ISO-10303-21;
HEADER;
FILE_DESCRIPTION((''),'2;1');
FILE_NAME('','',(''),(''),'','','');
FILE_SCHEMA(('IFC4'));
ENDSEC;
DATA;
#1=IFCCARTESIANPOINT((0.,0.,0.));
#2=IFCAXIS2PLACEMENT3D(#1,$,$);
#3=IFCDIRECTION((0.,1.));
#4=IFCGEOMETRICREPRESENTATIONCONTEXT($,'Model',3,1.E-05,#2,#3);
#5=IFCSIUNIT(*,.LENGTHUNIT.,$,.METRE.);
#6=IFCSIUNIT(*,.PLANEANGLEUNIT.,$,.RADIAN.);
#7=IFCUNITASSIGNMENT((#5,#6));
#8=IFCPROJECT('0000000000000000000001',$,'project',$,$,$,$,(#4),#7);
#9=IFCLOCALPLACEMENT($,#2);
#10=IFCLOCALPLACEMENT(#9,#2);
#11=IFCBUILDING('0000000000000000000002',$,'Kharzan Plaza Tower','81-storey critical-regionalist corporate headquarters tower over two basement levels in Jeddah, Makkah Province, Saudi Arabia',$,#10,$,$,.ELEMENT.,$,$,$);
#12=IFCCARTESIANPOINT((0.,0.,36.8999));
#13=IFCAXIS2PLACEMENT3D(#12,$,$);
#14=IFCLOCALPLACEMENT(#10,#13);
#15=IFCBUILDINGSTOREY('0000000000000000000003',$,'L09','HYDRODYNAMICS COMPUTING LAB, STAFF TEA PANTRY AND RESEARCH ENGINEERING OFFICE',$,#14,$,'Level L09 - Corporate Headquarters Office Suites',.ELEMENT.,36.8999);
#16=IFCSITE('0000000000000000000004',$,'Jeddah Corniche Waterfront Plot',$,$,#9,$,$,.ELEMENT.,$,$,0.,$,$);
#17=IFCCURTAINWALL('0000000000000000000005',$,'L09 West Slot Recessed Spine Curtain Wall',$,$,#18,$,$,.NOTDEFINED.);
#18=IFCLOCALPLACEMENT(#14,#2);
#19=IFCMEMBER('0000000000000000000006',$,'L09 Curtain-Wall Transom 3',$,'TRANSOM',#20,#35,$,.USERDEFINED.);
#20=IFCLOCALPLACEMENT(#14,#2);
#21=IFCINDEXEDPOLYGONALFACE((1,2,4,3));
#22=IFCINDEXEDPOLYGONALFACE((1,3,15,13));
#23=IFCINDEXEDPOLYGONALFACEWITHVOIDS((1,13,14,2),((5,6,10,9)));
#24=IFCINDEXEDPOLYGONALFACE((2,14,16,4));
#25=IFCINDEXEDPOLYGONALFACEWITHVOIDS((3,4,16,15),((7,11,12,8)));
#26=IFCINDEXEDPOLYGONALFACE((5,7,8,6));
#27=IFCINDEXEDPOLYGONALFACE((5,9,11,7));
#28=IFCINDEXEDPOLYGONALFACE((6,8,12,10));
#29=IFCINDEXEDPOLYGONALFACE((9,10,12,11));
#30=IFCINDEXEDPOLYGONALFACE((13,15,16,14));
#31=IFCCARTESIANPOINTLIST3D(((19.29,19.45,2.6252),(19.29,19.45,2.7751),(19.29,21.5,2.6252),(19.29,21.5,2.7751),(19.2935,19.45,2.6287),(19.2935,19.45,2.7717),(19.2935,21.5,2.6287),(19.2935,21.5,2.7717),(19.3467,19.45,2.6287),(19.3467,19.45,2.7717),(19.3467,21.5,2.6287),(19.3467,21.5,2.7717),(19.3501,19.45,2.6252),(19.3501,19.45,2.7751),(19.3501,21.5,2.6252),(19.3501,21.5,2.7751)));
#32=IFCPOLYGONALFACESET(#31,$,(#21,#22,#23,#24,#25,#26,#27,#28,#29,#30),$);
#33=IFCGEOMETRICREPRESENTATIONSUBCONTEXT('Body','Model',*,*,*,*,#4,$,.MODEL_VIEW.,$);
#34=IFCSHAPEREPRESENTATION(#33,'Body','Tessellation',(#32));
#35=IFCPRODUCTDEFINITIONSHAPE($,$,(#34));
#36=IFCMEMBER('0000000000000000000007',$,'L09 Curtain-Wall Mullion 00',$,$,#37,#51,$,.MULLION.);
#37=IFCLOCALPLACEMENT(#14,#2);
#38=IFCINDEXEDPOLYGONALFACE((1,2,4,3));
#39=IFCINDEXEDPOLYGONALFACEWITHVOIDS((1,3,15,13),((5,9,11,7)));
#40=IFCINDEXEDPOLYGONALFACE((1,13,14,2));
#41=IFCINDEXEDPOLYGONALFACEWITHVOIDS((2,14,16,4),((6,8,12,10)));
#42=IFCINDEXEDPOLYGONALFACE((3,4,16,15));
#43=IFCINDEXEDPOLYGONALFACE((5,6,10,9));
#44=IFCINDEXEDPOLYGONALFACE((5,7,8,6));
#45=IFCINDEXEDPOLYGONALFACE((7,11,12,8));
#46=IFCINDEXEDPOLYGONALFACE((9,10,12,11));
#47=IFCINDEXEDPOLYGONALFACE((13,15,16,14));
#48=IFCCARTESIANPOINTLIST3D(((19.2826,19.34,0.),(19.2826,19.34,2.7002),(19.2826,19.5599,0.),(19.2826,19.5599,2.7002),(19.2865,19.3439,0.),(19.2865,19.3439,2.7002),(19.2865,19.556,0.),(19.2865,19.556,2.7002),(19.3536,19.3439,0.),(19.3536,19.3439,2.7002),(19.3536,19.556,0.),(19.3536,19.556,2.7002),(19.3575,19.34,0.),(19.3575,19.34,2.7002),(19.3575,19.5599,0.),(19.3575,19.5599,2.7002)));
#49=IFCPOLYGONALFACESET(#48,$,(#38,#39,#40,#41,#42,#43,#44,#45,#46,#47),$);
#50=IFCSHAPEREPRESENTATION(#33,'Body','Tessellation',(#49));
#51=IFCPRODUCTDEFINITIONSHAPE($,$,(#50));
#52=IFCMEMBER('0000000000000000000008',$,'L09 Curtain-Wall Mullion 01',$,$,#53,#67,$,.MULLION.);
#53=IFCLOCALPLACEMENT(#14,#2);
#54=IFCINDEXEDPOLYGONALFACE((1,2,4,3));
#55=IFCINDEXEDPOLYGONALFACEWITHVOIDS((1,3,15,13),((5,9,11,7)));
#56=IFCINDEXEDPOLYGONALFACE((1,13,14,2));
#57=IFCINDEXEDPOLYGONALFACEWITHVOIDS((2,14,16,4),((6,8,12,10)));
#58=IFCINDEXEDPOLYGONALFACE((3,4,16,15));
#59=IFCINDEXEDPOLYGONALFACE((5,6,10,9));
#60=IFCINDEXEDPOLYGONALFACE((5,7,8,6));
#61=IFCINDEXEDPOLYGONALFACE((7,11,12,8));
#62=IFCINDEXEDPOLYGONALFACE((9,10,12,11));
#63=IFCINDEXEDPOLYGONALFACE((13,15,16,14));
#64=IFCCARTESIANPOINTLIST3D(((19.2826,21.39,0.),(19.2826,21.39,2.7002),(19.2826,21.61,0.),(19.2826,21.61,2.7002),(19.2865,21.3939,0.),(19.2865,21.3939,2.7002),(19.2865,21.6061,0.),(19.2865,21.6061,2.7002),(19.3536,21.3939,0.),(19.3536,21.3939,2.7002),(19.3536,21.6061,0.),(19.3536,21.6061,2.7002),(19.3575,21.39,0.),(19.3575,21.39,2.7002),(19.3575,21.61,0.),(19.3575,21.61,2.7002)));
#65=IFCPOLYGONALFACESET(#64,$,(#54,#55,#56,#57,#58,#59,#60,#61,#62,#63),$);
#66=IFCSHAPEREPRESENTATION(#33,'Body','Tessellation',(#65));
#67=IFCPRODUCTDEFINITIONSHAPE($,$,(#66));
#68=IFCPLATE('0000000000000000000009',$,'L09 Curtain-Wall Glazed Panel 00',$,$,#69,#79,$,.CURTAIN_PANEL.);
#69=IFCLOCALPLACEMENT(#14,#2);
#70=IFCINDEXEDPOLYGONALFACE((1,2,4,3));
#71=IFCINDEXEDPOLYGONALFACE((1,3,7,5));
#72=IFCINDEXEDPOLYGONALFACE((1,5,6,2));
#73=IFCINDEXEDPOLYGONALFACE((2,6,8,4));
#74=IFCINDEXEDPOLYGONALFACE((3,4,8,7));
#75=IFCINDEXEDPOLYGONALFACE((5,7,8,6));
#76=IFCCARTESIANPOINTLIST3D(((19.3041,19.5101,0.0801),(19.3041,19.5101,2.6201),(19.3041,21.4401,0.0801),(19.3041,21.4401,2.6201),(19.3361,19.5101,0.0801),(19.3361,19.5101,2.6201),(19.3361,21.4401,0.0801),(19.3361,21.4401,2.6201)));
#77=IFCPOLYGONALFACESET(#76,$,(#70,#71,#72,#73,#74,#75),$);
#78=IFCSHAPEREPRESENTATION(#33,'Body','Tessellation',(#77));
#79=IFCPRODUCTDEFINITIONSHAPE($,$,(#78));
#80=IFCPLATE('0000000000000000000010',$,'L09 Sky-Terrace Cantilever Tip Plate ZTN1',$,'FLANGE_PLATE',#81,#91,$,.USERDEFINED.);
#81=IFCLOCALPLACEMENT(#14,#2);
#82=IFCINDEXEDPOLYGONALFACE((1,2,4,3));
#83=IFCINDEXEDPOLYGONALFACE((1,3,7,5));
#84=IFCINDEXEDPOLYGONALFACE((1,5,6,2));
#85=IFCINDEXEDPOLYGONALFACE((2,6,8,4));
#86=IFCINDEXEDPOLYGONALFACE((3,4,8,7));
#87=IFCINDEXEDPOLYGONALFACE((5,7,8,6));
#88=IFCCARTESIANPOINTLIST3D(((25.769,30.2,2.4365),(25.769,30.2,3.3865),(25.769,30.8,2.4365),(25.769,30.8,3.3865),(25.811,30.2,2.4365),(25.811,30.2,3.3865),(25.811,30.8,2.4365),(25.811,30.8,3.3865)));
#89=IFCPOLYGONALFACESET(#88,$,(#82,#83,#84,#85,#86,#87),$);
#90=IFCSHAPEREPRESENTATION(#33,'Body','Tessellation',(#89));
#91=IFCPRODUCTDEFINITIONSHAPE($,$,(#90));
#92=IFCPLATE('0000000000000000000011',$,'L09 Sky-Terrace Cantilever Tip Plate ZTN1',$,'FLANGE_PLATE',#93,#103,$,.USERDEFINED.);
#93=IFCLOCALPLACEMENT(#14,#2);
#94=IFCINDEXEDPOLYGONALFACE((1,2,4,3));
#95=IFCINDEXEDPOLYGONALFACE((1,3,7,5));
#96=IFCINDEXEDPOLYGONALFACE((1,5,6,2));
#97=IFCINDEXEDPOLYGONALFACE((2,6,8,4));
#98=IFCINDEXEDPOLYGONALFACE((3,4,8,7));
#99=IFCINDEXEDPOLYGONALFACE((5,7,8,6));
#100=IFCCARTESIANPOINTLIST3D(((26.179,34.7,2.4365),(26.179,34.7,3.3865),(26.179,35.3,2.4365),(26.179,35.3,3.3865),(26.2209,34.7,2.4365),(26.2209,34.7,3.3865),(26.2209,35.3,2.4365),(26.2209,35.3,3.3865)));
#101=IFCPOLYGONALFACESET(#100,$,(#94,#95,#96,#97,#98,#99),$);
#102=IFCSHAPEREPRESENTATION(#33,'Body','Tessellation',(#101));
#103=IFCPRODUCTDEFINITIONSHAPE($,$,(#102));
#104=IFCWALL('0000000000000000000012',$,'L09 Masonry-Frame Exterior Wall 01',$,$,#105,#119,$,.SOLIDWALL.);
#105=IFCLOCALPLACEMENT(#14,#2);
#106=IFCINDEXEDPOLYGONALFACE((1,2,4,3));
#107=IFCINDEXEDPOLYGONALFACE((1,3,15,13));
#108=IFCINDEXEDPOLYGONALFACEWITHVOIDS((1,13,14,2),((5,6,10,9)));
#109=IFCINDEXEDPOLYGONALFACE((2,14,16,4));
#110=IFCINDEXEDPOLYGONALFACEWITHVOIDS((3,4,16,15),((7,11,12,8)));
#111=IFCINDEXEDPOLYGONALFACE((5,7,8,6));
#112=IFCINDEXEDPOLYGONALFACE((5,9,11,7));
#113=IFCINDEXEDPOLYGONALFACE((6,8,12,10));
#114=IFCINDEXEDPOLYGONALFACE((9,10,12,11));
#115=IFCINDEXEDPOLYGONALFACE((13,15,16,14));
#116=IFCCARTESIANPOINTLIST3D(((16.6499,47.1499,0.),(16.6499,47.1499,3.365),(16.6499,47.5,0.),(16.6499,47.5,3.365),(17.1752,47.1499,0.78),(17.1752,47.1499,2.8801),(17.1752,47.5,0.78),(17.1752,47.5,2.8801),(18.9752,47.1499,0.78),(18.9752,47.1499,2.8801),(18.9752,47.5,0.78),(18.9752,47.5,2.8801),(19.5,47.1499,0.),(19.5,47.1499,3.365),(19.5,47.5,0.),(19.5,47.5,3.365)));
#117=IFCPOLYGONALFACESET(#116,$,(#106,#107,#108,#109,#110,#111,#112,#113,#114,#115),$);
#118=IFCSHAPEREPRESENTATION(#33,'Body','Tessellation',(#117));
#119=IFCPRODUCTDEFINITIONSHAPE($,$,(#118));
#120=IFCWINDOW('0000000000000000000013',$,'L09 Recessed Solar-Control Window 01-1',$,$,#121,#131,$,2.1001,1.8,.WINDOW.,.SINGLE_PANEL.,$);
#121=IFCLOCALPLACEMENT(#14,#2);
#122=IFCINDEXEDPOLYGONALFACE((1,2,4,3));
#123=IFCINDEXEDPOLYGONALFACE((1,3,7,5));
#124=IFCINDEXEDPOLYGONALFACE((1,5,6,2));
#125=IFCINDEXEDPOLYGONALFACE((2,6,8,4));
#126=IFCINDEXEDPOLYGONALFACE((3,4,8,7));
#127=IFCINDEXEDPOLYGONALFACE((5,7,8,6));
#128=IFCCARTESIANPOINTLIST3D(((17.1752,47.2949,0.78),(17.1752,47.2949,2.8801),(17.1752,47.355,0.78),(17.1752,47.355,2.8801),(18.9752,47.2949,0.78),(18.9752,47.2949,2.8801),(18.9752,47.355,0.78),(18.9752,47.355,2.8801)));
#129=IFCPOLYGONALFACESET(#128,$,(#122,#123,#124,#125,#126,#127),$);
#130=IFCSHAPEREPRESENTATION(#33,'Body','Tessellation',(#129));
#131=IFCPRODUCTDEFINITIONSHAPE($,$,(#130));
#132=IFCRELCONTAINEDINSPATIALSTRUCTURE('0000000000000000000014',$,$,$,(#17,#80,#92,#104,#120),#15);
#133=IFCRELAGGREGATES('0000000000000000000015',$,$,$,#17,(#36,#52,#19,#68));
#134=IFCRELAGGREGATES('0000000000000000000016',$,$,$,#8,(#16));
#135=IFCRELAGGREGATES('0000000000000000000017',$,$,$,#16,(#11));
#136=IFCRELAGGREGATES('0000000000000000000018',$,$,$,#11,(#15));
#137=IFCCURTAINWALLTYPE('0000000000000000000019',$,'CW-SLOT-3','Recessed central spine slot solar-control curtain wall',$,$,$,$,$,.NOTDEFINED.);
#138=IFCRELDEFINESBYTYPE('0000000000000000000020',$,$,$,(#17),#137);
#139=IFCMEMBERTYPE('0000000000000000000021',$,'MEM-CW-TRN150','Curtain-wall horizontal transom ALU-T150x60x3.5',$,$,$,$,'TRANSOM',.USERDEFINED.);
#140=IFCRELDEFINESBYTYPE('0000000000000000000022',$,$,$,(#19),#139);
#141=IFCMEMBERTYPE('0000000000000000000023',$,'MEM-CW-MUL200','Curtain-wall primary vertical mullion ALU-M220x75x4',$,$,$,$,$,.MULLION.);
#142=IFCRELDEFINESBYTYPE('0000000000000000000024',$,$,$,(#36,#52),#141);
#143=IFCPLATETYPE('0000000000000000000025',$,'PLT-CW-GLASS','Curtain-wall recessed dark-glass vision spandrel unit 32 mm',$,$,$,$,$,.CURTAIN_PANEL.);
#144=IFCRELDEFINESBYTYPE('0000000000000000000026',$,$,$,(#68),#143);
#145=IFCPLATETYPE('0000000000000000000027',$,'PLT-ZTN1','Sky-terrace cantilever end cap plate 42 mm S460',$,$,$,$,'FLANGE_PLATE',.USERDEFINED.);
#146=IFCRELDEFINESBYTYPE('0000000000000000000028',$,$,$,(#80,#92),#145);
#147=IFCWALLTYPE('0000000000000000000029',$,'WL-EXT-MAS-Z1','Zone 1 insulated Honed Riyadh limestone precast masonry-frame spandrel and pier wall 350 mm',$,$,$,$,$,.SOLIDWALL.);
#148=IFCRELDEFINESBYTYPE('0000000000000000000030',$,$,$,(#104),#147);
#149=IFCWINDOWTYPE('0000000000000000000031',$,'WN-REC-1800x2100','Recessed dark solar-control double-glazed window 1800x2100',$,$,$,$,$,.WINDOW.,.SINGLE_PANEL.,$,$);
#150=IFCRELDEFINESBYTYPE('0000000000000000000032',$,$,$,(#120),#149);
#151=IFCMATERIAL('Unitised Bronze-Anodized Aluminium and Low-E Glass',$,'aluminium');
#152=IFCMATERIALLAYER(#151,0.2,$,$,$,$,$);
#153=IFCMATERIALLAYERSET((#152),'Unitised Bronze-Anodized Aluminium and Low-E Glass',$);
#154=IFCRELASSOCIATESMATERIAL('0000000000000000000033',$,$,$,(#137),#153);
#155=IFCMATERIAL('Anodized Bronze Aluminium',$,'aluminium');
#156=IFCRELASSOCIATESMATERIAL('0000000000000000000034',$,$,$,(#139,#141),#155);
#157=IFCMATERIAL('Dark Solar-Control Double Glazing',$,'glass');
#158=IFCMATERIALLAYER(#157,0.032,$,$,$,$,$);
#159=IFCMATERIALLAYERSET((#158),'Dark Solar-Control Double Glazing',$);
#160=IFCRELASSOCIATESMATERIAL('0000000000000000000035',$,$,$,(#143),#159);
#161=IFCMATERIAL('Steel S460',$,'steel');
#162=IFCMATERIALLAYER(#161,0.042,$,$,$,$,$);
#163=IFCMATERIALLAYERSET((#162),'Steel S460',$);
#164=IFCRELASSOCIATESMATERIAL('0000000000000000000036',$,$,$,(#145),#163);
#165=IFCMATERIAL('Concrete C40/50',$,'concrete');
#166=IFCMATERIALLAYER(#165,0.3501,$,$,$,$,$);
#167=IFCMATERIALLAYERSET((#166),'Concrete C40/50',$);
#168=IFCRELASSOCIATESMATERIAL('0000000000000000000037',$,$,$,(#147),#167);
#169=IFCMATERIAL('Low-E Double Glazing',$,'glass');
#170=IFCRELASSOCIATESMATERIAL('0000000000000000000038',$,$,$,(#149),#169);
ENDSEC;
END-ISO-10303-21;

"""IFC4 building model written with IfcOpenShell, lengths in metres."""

from ifc_helpers import new_model, si_unit, direction, frame, frame_2d, origin, origin_2d, place, context, subcontext, project, spatial, rectangle, hollow_rectangle, extrude, source, transform, mapped, material, layer, layer_set, material_profile, profile_set, type_object, element, fill, aggregate, save


model = new_model("IFC4")

# Units and contexts
model_context = context("Model", 3, precision=1e-05, world=origin(), true_north=direction((0.0, 1.0)))
body_context = subcontext(model_context, "Body", "Model", "MODEL_VIEW")
ifc_project = project(units=[si_unit("LENGTHUNIT", "METRE"), si_unit("PLANEANGLEUNIT", "RADIAN")], contexts=[model_context])

# Site, building, storey
site_placement = place(None, origin())
site = spatial("IfcSite", under=ifc_project, at=site_placement, Name="Jeddah Corniche Waterfront Plot", CompositionType="ELEMENT", RefElevation=0.0)
building_placement = place(site_placement, origin())
building = spatial("IfcBuilding", under=site, at=building_placement, Name="Kharzan Plaza Tower", Description="81-storey critical-regionalist corporate headquarters tower over two basement levels in Jeddah, Makkah Province, Saudi Arabia", CompositionType="ELEMENT")
storey_placement = place(building_placement, frame((0.0, 0.0, 36.8999)))
storey = spatial("IfcBuildingStorey", under=building, at=storey_placement, Name="L09", Description="HYDRODYNAMICS COMPUTING LAB, STAFF TEA PANTRY AND RESEARCH ENGINEERING OFFICE", LongName="Level L09 - Corporate Headquarters Office Suites", CompositionType="ELEMENT", Elevation=36.8999)

# Curtain wall, members, plate
ifc_material_1 = material(Name="Unitised Bronze-Anodized Aluminium and Low-E Glass", Category="aluminium")
ifc_layer_1 = layer(ifc_material_1, 0.2)
ifc_layer_set_1 = layer_set([ifc_layer_1], Name="Unitised Bronze-Anodized Aluminium and Low-E Glass")
curtain_wall_type = type_object("IfcCurtainWallType", Name="CW-SLOT-3", Description="Recessed central spine slot solar-control curtain wall", PredefinedType="NOTDEFINED", material=ifc_layer_set_1)
curtain_wall_placement = place(storey_placement, origin())
curtain_wall = element("IfcCurtainWall", 1, at=curtain_wall_placement, inside=storey, type_object=curtain_wall_type, Name="L09 West Slot Recessed Spine Curtain Wall", PredefinedType="NOTDEFINED")
ifc_material_2 = material(Name="Anodized Bronze Aluminium", Category="aluminium")
ifc_material_profile_1 = material_profile(ifc_material_2, hollow_rectangle(XDim=0.0601, YDim=0.1499, WallThickness=0.0034, at=origin_2d()), Name="ALU-T150x60x3.5")
ifc_profile_set_1 = profile_set([ifc_material_profile_1], Name="Anodized Bronze Aluminium")
member_type_1 = type_object("IfcMemberType", Name="MEM-CW-TRN150", Description="Curtain-wall horizontal transom ALU-T150x60x3.5", ElementType="TRANSOM", PredefinedType="USERDEFINED", material=ifc_profile_set_1)
shared_shape_1 = source(origin(), body_context, "Body", "SweptSolid", [
    extrude(hollow_rectangle(XDim=0.0601, YDim=0.1499, WallThickness=0.0034, at=origin_2d()), origin(), (0.0, 0.0, 1.0), 2.05),
])
member_1_placement = place(storey_placement, frame((19.3201, 19.45, 2.7002), z_axis=(0.0, 1.0, 0.0), x_axis=(-1.0, 0.0, 0.0)))
member_1 = element("IfcMember", 2, at=member_1_placement, type_object=member_type_1, Name="L09 Curtain-Wall Transom 3", ObjectType="TRANSOM", PredefinedType="USERDEFINED", context=body_context, shape_type="MappedRepresentation", body=[
    mapped(shared_shape_1, transform((0.0, 0.0, 0.0), x_axis=(1.0, 0.0, 0.0), y_axis=(0.0, 1.0, 0.0), z_axis=(0.0, 0.0, 1.0))),
])
ifc_material_profile_2 = material_profile(ifc_material_2, hollow_rectangle(XDim=0.075, YDim=0.22, WallThickness=0.0039, at=origin_2d()), Name="ALU-M220x75x4")
ifc_profile_set_2 = profile_set([ifc_material_profile_2], Name="Anodized Bronze Aluminium")
member_type_2 = type_object("IfcMemberType", Name="MEM-CW-MUL200", Description="Curtain-wall primary vertical mullion ALU-M220x75x4", PredefinedType="MULLION", material=ifc_profile_set_2)
shared_shape_2 = source(origin(), body_context, "Body", "SweptSolid", [
    extrude(hollow_rectangle(XDim=0.075, YDim=0.22, WallThickness=0.0039, at=origin_2d()), origin(), (0.0, 0.0, 1.0), 2.7002),
])
member_2_placement = place(storey_placement, frame((19.3201, 19.45, 0.0), z_axis=(0.0, 0.0, 1.0), x_axis=(1.0, 0.0, 0.0)))
member_2 = element("IfcMember", 3, at=member_2_placement, type_object=member_type_2, Name="L09 Curtain-Wall Mullion 00", PredefinedType="MULLION", context=body_context, shape_type="MappedRepresentation", body=[
    mapped(shared_shape_2, transform((0.0, 0.0, 0.0), x_axis=(1.0, 0.0, 0.0), y_axis=(0.0, 1.0, 0.0), z_axis=(0.0, 0.0, 1.0))),
])
member_3_placement = place(storey_placement, frame((19.3201, 21.5, 0.0), z_axis=(0.0, 0.0, 1.0), x_axis=(1.0, 0.0, 0.0)))
member_3 = element("IfcMember", 4, at=member_3_placement, type_object=member_type_2, Name="L09 Curtain-Wall Mullion 01", PredefinedType="MULLION", context=body_context, shape_type="MappedRepresentation", body=[
    mapped(shared_shape_2, transform((0.0, 0.0, 0.0), x_axis=(1.0, 0.0, 0.0), y_axis=(0.0, 1.0, 0.0), z_axis=(0.0, 0.0, 1.0))),
])
ifc_material_3 = material(Name="Dark Solar-Control Double Glazing", Category="glass")
ifc_layer_2 = layer(ifc_material_3, 0.032)
ifc_layer_set_2 = layer_set([ifc_layer_2], Name="Dark Solar-Control Double Glazing")
plate_type_1 = type_object("IfcPlateType", Name="PLT-CW-GLASS", Description="Curtain-wall recessed dark-glass vision spandrel unit 32 mm", PredefinedType="CURTAIN_PANEL", material=ifc_layer_set_2)
shared_shape_3 = source(origin(), body_context, "Body", "SweptSolid", [
    extrude(rectangle(XDim=1.9299, YDim=0.032, at=origin_2d()), origin(), (0.0, 0.0, 1.0), 2.54),
])
plate_placement = place(storey_placement, frame((19.3201, 20.4751, 0.0801), z_axis=(0.0, 0.0, 1.0), x_axis=(0.0, 1.0, 0.0)))
plate = element("IfcPlate", 5, at=plate_placement, type_object=plate_type_1, Name="L09 Curtain-Wall Glazed Panel 00", PredefinedType="CURTAIN_PANEL", context=body_context, shape_type="MappedRepresentation", body=[
    mapped(shared_shape_3, transform((0.0, 0.0, 0.0), x_axis=(1.0, 0.0, 0.0), y_axis=(0.0, 1.0, 0.0), z_axis=(0.0, 0.0, 1.0))),
])
aggregate(curtain_wall, [member_2, member_3, member_1, plate])

# Plates
ifc_material_4 = material(Name="Steel S460", Category="steel")
ifc_layer_3 = layer(ifc_material_4, 0.042)
ifc_layer_set_3 = layer_set([ifc_layer_3], Name="Steel S460")
plate_type_2 = type_object("IfcPlateType", Name="PLT-ZTN1", Description="Sky-terrace cantilever end cap plate 42 mm S460", ElementType="FLANGE_PLATE", PredefinedType="USERDEFINED", material=ifc_layer_set_3)
shared_shape_4 = source(origin(), body_context, "Body", "SweptSolid", [
    extrude(rectangle(XDim=0.6001, YDim=0.042, at=origin_2d()), origin(), (0.0, 0.0, 1.0), 0.95),
])
for number, where, z_axis, x_axis, name in (
    (6, (25.79, 30.5, 2.4365), (0.0, 0.0, 1.0), (0.0, 1.0, 0.0), "L09 Sky-Terrace Cantilever Tip Plate ZTN1"),
    (7, (26.2, 35.0, 2.4365), (0.0, 0.0, 1.0), (0.0, 1.0, 0.0), "L09 Sky-Terrace Cantilever Tip Plate ZTN1"),
):
    element("IfcPlate", number, at=place(storey_placement, frame(where, z_axis=z_axis, x_axis=x_axis)), inside=storey, type_object=plate_type_2, Name=name, ObjectType="FLANGE_PLATE", PredefinedType="USERDEFINED", context=body_context, shape_type="MappedRepresentation", body=[
        mapped(shared_shape_4, transform((0.0, 0.0, 0.0), x_axis=(1.0, 0.0, 0.0), y_axis=(0.0, 1.0, 0.0), z_axis=(0.0, 0.0, 1.0))),
    ])

# Wall, opening, window
ifc_material_5 = material(Name="Concrete C40/50", Category="concrete")
ifc_layer_4 = layer(ifc_material_5, 0.3501)
ifc_layer_set_4 = layer_set([ifc_layer_4], Name="Concrete C40/50")
wall_type_1 = type_object("IfcWallType", Name="WL-EXT-MAS-Z1", Description="Zone 1 insulated Honed Riyadh limestone precast masonry-frame spandrel and pier wall 350 mm", PredefinedType="SOLIDWALL", material=ifc_layer_set_4)
wall_1_placement = place(storey_placement, frame((19.5, 47.325, 0.0), z_axis=(0.0, 0.0, 1.0), x_axis=(-1.0, 0.0, 0.0)))
wall_1 = element("IfcWall", 8, at=wall_1_placement, inside=storey, type_object=wall_type_1, Name="L09 Masonry-Frame Exterior Wall 01", PredefinedType="SOLIDWALL", context=body_context, shape_type="SweptSolid", body=[
    extrude(rectangle(XDim=2.8501, YDim=0.3501, at=frame_2d((1.425, 0.0))), origin(), (0.0, 0.0, 1.0), 3.365),
])
opening_1_placement = place(wall_1_placement, frame((0.5249, 0.0, 0.78)))
opening_1 = element("IfcOpeningElement", 9, at=opening_1_placement, cuts=wall_1, PredefinedType="OPENING", context=body_context, shape_type="SweptSolid", body=[
    extrude(rectangle(XDim=1.8, YDim=2.1001, at=frame_2d((0.8999, 1.05))), frame((0.0, 0.1851, 0.0), z_axis=(0.0, -1.0, 0.0), x_axis=(1.0, 0.0, 0.0)), (0.0, 0.0, 1.0), 0.3701),
])
ifc_material_6 = material(Name="Low-E Double Glazing", Category="glass")
window_type_1 = type_object("IfcWindowType", Name="WN-REC-1800x2100", Description="Recessed dark solar-control double-glazed window 1800x2100", PartitioningType="SINGLE_PANEL", PredefinedType="WINDOW", material=ifc_material_6)
shared_shape_5 = source(origin(), body_context, "Body", "SweptSolid", [
    extrude(rectangle(XDim=1.8, YDim=2.1001, at=frame_2d((0.8999, 1.05))), frame((0.0, 0.03, 0.0), z_axis=(0.0, -1.0, 0.0), x_axis=(1.0, 0.0, 0.0)), (0.0, 0.0, 1.0), 0.0601),
])
window_1_placement = place(opening_1_placement, origin())
window_1 = element("IfcWindow", 10, at=window_1_placement, inside=storey, type_object=window_type_1, Name="L09 Recessed Solar-Control Window 01-1", OverallHeight=2.1001, OverallWidth=1.8, PartitioningType="SINGLE_PANEL", PredefinedType="WINDOW", context=body_context, shape_type="MappedRepresentation", body=[
    mapped(shared_shape_5, transform((0.0, 0.0, 0.0), x_axis=(1.0, 0.0, 0.0), y_axis=(0.0, 1.0, 0.0), z_axis=(0.0, 0.0, 1.0))),
])
fill(opening_1, window_1)

save(model, "model.ifc")
